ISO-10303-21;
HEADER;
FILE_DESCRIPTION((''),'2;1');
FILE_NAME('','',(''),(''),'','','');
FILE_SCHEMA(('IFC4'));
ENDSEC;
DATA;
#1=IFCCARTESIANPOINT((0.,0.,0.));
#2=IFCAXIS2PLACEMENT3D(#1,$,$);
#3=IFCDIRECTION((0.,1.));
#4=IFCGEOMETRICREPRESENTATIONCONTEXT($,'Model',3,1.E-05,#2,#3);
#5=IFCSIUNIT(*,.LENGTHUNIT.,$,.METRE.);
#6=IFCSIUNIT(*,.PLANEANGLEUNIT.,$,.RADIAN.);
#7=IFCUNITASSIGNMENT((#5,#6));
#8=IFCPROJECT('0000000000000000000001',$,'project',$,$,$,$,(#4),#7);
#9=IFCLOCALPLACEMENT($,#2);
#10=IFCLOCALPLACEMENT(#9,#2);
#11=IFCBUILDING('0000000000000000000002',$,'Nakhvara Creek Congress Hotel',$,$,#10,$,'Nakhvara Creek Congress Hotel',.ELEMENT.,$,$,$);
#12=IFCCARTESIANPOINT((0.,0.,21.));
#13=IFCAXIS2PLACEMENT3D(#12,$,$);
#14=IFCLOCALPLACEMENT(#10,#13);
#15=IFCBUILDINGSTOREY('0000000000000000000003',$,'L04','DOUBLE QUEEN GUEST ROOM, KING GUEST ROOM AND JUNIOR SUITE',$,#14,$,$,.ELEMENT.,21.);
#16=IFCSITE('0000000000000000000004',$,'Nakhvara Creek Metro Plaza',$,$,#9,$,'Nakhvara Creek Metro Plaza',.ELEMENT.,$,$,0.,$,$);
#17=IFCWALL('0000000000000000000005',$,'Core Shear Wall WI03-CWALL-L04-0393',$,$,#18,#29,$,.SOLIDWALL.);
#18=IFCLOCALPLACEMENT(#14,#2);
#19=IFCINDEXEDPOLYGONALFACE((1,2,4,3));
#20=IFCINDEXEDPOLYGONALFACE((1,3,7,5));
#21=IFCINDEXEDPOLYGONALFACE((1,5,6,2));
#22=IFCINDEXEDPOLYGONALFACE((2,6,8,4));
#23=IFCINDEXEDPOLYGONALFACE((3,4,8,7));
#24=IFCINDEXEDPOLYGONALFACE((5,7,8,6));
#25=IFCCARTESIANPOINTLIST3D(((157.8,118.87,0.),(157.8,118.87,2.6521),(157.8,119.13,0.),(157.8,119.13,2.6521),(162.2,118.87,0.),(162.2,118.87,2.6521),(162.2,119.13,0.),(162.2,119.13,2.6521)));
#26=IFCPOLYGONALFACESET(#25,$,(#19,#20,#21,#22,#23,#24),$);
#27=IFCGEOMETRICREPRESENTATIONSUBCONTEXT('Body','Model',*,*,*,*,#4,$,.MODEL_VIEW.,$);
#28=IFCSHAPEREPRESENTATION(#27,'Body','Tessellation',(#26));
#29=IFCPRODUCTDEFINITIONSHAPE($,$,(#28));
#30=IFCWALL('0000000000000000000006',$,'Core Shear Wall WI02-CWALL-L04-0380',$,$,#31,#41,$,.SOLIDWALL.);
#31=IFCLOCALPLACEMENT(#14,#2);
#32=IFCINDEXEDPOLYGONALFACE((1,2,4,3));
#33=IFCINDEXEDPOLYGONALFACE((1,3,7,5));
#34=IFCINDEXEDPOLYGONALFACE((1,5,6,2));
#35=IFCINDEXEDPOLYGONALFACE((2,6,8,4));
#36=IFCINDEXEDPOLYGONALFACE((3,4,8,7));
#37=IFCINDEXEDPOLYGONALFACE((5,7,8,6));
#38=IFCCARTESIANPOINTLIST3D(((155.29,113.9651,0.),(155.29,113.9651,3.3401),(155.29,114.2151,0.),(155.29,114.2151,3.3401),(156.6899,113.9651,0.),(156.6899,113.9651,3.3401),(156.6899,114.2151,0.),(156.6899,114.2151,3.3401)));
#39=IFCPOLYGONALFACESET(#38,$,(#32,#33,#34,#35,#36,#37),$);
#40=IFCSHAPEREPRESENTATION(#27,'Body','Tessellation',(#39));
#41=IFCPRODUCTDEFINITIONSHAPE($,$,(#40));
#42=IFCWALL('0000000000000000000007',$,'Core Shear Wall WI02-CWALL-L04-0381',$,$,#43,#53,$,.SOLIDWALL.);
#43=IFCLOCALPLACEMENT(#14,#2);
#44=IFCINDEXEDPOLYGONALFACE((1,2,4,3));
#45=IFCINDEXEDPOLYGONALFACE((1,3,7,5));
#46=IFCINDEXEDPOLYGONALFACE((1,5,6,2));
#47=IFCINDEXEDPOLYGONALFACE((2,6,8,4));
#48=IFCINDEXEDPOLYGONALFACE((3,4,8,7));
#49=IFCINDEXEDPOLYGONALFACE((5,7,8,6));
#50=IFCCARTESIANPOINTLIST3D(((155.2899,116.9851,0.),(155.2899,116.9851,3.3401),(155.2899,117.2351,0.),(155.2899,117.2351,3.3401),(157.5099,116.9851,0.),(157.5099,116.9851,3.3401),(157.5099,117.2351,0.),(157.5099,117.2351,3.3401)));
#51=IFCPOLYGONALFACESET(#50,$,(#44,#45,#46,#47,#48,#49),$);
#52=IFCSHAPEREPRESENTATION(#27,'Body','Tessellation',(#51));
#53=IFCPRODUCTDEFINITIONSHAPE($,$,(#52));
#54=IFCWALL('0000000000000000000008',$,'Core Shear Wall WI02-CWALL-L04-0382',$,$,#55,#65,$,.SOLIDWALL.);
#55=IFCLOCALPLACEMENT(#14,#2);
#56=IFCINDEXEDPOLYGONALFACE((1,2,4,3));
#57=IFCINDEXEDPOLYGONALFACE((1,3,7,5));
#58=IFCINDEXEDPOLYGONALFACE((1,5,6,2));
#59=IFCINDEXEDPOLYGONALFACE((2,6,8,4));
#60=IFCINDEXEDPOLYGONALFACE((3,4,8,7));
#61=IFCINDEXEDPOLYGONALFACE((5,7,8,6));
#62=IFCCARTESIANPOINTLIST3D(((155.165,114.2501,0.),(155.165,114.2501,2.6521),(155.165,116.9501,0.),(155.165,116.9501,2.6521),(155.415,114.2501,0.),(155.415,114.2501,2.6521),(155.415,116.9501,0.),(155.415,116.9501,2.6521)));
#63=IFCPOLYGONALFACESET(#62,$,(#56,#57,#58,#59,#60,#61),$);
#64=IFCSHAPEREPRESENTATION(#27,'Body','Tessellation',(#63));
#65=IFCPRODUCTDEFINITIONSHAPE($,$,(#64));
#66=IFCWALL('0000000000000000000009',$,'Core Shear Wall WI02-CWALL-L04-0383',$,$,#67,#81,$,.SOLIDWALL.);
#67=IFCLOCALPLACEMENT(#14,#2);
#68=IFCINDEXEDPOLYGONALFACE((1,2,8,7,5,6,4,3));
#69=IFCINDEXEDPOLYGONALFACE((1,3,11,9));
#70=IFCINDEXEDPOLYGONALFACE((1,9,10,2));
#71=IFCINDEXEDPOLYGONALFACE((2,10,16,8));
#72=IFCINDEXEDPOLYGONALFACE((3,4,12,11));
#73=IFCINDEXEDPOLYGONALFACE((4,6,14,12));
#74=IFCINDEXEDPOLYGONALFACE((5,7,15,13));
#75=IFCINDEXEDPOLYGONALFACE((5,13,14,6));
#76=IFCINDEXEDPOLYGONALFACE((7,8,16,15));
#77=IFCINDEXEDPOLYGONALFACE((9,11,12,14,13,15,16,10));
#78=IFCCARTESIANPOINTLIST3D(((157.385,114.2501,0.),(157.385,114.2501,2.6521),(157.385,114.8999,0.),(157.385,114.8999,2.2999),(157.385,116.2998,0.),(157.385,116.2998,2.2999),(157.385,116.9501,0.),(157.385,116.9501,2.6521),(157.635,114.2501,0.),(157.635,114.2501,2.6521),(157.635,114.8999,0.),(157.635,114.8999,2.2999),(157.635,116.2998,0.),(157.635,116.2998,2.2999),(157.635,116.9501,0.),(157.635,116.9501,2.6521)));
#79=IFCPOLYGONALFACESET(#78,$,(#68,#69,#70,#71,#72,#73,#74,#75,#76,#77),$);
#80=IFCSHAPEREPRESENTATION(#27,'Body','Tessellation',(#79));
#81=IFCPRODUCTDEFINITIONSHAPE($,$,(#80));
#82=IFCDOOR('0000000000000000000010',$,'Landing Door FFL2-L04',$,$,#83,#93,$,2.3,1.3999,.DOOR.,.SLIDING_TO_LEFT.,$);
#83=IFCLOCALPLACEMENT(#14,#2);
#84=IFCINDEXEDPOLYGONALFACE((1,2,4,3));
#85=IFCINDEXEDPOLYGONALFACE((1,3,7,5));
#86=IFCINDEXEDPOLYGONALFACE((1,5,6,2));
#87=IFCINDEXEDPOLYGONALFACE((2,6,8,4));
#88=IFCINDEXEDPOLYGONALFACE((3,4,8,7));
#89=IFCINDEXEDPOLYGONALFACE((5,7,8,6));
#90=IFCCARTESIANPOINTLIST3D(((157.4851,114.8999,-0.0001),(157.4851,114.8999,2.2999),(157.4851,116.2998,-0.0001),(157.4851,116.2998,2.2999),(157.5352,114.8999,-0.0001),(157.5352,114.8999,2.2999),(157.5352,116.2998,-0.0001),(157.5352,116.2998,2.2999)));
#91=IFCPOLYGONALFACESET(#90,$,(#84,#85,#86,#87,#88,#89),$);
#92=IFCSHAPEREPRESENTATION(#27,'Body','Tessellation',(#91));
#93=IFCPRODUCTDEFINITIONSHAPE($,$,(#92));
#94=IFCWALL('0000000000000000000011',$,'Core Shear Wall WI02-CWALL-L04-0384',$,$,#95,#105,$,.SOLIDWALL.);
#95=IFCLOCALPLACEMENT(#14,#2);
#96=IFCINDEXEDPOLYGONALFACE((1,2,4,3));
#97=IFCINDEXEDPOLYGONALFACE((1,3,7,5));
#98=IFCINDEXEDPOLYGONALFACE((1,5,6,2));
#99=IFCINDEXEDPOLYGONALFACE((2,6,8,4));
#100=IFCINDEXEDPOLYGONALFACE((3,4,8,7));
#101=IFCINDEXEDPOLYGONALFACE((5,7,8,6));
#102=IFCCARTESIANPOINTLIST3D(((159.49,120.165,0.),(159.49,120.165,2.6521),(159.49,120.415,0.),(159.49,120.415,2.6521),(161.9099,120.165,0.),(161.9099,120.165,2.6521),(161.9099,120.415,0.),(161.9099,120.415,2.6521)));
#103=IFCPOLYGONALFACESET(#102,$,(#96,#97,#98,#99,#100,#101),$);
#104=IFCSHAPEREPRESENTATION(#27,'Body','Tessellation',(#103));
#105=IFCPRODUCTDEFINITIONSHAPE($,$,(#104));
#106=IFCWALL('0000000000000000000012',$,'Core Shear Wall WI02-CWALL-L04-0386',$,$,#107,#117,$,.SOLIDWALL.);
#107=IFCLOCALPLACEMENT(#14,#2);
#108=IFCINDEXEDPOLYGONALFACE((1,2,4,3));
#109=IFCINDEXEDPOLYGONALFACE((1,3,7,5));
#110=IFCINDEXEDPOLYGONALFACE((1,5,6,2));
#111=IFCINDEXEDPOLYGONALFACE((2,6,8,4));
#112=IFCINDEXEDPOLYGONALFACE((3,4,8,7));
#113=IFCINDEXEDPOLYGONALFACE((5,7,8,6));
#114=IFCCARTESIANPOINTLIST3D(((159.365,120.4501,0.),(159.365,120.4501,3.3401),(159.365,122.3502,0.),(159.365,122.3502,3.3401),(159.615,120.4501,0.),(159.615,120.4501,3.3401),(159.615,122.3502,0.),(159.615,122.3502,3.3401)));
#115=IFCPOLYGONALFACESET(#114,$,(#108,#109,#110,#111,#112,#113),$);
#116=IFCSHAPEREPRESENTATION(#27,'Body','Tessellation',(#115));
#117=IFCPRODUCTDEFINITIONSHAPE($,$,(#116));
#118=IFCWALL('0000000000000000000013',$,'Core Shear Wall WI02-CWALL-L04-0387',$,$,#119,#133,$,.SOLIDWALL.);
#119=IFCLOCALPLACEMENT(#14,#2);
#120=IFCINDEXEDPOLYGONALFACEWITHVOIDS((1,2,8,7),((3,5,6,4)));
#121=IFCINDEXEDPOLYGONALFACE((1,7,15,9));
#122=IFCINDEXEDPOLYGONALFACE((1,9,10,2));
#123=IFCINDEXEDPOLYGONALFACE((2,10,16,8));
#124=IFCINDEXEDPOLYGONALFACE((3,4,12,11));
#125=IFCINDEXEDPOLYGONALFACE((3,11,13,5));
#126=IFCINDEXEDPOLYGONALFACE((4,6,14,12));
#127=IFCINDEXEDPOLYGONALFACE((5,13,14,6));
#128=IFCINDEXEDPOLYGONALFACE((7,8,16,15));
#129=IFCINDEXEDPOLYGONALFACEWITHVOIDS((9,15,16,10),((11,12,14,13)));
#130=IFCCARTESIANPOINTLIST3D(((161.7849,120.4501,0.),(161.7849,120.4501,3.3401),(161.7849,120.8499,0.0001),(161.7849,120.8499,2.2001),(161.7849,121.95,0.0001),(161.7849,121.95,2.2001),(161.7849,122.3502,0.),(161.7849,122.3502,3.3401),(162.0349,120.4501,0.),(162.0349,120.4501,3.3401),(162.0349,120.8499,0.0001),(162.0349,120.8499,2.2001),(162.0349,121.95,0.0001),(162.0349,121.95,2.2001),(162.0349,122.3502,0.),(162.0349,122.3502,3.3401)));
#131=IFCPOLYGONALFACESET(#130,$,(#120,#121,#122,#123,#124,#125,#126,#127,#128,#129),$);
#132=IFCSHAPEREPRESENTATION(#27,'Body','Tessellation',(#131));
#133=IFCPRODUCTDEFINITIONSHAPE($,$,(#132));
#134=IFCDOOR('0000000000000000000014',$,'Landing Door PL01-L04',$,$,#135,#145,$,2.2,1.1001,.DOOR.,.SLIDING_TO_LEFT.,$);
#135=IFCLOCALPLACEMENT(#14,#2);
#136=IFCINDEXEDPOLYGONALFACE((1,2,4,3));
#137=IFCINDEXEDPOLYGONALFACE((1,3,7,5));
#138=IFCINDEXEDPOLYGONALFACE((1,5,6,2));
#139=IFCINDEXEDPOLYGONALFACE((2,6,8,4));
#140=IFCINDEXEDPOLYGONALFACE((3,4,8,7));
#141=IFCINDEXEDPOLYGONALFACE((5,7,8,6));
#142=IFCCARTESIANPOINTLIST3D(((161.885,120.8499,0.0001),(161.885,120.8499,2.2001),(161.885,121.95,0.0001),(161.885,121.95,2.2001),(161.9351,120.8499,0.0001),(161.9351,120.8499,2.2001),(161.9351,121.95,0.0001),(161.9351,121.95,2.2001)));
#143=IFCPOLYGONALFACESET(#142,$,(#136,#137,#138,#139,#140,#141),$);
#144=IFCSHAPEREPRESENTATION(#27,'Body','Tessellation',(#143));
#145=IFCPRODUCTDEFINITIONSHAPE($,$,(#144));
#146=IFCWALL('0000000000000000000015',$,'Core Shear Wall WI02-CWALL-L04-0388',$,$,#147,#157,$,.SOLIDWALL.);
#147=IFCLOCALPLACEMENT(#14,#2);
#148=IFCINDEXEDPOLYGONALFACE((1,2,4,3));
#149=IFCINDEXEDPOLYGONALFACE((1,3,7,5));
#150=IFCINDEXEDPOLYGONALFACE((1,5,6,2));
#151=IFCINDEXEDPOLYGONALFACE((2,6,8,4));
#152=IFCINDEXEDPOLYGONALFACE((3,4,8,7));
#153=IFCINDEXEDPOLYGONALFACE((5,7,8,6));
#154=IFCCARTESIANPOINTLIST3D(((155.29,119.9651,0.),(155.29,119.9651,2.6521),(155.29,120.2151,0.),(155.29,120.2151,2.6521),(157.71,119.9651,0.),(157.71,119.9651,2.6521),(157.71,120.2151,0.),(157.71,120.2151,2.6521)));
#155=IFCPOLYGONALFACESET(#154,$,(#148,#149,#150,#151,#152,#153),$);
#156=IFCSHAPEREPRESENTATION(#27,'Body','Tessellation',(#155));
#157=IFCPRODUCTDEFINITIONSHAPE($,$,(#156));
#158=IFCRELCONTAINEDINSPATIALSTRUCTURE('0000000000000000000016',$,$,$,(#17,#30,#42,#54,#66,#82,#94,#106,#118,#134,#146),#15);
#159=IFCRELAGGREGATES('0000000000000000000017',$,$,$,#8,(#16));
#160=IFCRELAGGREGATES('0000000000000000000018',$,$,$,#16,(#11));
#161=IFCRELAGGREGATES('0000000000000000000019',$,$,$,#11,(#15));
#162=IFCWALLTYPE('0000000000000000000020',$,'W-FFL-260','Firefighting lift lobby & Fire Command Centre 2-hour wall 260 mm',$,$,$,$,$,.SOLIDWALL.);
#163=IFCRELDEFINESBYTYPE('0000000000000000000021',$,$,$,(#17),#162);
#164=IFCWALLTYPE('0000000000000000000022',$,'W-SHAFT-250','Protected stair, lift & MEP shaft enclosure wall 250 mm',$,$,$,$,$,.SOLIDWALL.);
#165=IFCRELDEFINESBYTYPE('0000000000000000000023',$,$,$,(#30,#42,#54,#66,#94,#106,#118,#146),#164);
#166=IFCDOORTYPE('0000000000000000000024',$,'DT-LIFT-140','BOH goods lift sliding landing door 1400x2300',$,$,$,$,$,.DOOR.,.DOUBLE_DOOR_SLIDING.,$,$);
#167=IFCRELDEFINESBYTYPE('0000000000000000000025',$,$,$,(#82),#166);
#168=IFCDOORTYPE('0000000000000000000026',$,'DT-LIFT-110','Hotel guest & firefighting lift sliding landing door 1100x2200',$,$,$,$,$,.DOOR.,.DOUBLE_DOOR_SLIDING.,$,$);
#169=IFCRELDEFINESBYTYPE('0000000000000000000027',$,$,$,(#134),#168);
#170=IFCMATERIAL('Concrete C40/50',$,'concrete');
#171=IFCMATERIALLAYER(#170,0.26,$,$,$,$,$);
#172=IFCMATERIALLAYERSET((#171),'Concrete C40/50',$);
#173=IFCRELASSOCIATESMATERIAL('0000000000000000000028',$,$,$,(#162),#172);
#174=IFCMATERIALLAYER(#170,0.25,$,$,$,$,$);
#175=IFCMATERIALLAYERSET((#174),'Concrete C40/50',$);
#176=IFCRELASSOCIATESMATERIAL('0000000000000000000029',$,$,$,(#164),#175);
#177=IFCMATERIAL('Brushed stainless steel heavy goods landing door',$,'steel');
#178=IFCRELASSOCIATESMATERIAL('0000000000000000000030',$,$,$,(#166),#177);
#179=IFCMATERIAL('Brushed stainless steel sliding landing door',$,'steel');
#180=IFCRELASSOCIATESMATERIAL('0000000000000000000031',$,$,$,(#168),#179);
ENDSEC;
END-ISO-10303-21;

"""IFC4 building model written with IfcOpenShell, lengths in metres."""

from ifc_helpers import new_model, si_unit, direction, frame, frame_2d, origin, place, context, subcontext, project, spatial, rectangle, extrude, material, layer, layer_set, type_object, element, fill, save


model = new_model("IFC4")

# Units and contexts
model_context = context("Model", 3, precision=1e-05, world=origin(), true_north=direction((0.0, 1.0)))
body_context = subcontext(model_context, "Body", "Model", "MODEL_VIEW")
ifc_project = project(units=[si_unit("LENGTHUNIT", "METRE"), si_unit("PLANEANGLEUNIT", "RADIAN")], contexts=[model_context])

# Site, building, storey
site_placement = place(None, origin())
site = spatial("IfcSite", under=ifc_project, at=site_placement, Name="Nakhvara Creek Metro Plaza", LongName="Nakhvara Creek Metro Plaza", CompositionType="ELEMENT", RefElevation=0.0)
building_placement = place(site_placement, origin())
building = spatial("IfcBuilding", under=site, at=building_placement, Name="Nakhvara Creek Congress Hotel", LongName="Nakhvara Creek Congress Hotel", CompositionType="ELEMENT")
storey_placement = place(building_placement, frame((0.0, 0.0, 21.0)))
storey = spatial("IfcBuildingStorey", under=building, at=storey_placement, Name="L04", Description="DOUBLE QUEEN GUEST ROOM, KING GUEST ROOM AND JUNIOR SUITE", CompositionType="ELEMENT", Elevation=21.0)

# Shared definitions
ifc_material_1 = material(Name="Concrete C40/50", Category="concrete")

# Shared definitions
ifc_layer_1 = layer(ifc_material_1, 0.26)
ifc_layer_set_1 = layer_set([ifc_layer_1], Name="Concrete C40/50")
wall_type_1 = type_object("IfcWallType", Name="W-FFL-260", Description="Firefighting lift lobby & Fire Command Centre 2-hour wall 260 mm", PredefinedType="SOLIDWALL", material=ifc_layer_set_1)

# Walls
wall_1_placement = place(storey_placement, frame((157.8, 119.0, 0.0), z_axis=(0.0, 0.0, 1.0), x_axis=(1.0, 0.0, 0.0)))
element("IfcWall", 1, at=wall_1_placement, inside=storey, type_object=wall_type_1, Name="Core Shear Wall WI03-CWALL-L04-0393", PredefinedType="SOLIDWALL", context=body_context, shape_type="SweptSolid", body=[
    extrude(rectangle(XDim=4.3999, YDim=0.26, at=frame_2d((2.2, 0.0))), origin(), (0.0, 0.0, 1.0), 2.6521),
])
ifc_layer_2 = layer(ifc_material_1, 0.25)
ifc_layer_set_2 = layer_set([ifc_layer_2], Name="Concrete C40/50")
wall_type_2 = type_object("IfcWallType", Name="W-SHAFT-250", Description="Protected stair, lift & MEP shaft enclosure wall 250 mm", PredefinedType="SOLIDWALL", material=ifc_layer_set_2)
wall_2_placement = place(storey_placement, frame((155.29, 114.0901, 0.0), z_axis=(0.0, 0.0, 1.0), x_axis=(1.0, 0.0, 0.0)))
element("IfcWall", 2, at=wall_2_placement, inside=storey, type_object=wall_type_2, Name="Core Shear Wall WI02-CWALL-L04-0380", PredefinedType="SOLIDWALL", context=body_context, shape_type="SweptSolid", body=[
    extrude(rectangle(XDim=1.3999, YDim=0.25, at=frame_2d((0.7, 0.0))), origin(), (0.0, 0.0, 1.0), 3.3401),
])
wall_3_placement = place(storey_placement, frame((155.29, 117.1101, 0.0), z_axis=(0.0, 0.0, 1.0), x_axis=(1.0, 0.0, 0.0)))
element("IfcWall", 3, at=wall_3_placement, inside=storey, type_object=wall_type_2, Name="Core Shear Wall WI02-CWALL-L04-0381", PredefinedType="SOLIDWALL", context=body_context, shape_type="SweptSolid", body=[
    extrude(rectangle(XDim=2.22, YDim=0.25, at=frame_2d((1.1099, 0.0))), origin(), (0.0, 0.0, 1.0), 3.3401),
])
wall_4_placement = place(storey_placement, frame((155.29, 114.25, 0.0), z_axis=(0.0, 0.0, 1.0), x_axis=(0.0, 1.0, 0.0)))
element("IfcWall", 4, at=wall_4_placement, inside=storey, type_object=wall_type_2, Name="Core Shear Wall WI02-CWALL-L04-0382", PredefinedType="SOLIDWALL", context=body_context, shape_type="SweptSolid", body=[
    extrude(rectangle(XDim=2.7, YDim=0.25, at=frame_2d((1.3501, 0.0))), origin(), (0.0, 0.0, 1.0), 2.6521),
])

# Wall, opening, door
wall_5_placement = place(storey_placement, frame((157.51, 114.25, 0.0), z_axis=(0.0, 0.0, 1.0), x_axis=(0.0, 1.0, 0.0)))
wall_5 = element("IfcWall", 5, at=wall_5_placement, inside=storey, type_object=wall_type_2, Name="Core Shear Wall WI02-CWALL-L04-0383", PredefinedType="SOLIDWALL", context=body_context, shape_type="SweptSolid", body=[
    extrude(rectangle(XDim=2.7, YDim=0.25, at=frame_2d((1.3501, 0.0))), origin(), (0.0, 0.0, 1.0), 2.6521),
])
opening_1_placement = place(wall_5_placement, frame((0.6499, 0.0, 0.0)))
opening_1 = element("IfcOpeningElement", 6, at=opening_1_placement, cuts=wall_5, PredefinedType="OPENING", context=body_context, shape_type="SweptSolid", body=[
    extrude(rectangle(XDim=1.3999, YDim=2.3, at=frame_2d((0.7, 1.1499))), frame((0.0, 0.137, 0.0), z_axis=(0.0, -1.0, 0.0), x_axis=(1.0, 0.0, 0.0)), (0.0, 0.0, 1.0), 0.2739),
])
ifc_material_2 = material(Name="Brushed stainless steel heavy goods landing door", Category="steel")
door_type_1 = type_object("IfcDoorType", Name="DT-LIFT-140", Description="BOH goods lift sliding landing door 1400x2300", OperationType="DOUBLE_DOOR_SLIDING", PredefinedType="DOOR", material=ifc_material_2)
door_1_placement = place(opening_1_placement, origin())
door_1 = element("IfcDoor", 7, at=door_1_placement, inside=storey, type_object=door_type_1, Name="Landing Door FFL2-L04", OperationType="SLIDING_TO_LEFT", OverallHeight=2.3, OverallWidth=1.3999, PredefinedType="DOOR", context=body_context, shape_type="SweptSolid", body=[
    extrude(rectangle(XDim=1.3999, YDim=2.3, at=frame_2d((0.7, 1.1499))), frame((0.0, 0.0249, 0.0), z_axis=(0.0, -1.0, 0.0), x_axis=(1.0, 0.0, 0.0)), (0.0, 0.0, 1.0), 0.05),
])
fill(opening_1, door_1)

# Walls
wall_6_placement = place(storey_placement, frame((159.49, 120.29, 0.0), z_axis=(0.0, 0.0, 1.0), x_axis=(1.0, 0.0, 0.0)))
element("IfcWall", 8, at=wall_6_placement, inside=storey, type_object=wall_type_2, Name="Core Shear Wall WI02-CWALL-L04-0384", PredefinedType="SOLIDWALL", context=body_context, shape_type="SweptSolid", body=[
    extrude(rectangle(XDim=2.4199, YDim=0.25, at=frame_2d((1.21, 0.0))), origin(), (0.0, 0.0, 1.0), 2.6521),
])
wall_7_placement = place(storey_placement, frame((159.49, 120.45, 0.0), z_axis=(0.0, 0.0, 1.0), x_axis=(0.0, 1.0, 0.0)))
element("IfcWall", 9, at=wall_7_placement, inside=storey, type_object=wall_type_2, Name="Core Shear Wall WI02-CWALL-L04-0386", PredefinedType="SOLIDWALL", context=body_context, shape_type="SweptSolid", body=[
    extrude(rectangle(XDim=1.9001, YDim=0.25, at=frame_2d((0.9502, 0.0))), origin(), (0.0, 0.0, 1.0), 3.3401),
])

# Wall, opening, door
wall_8_placement = place(storey_placement, frame((161.9099, 120.45, 0.0), z_axis=(0.0, 0.0, 1.0), x_axis=(0.0, 1.0, 0.0)))
wall_8 = element("IfcWall", 10, at=wall_8_placement, inside=storey, type_object=wall_type_2, Name="Core Shear Wall WI02-CWALL-L04-0387", PredefinedType="SOLIDWALL", context=body_context, shape_type="SweptSolid", body=[
    extrude(rectangle(XDim=1.9001, YDim=0.25, at=frame_2d((0.9502, 0.0))), origin(), (0.0, 0.0, 1.0), 3.3401),
])
opening_2_placement = place(wall_8_placement, frame((0.3999, 0.0, 0.0)))
opening_2 = element("IfcOpeningElement", 11, at=opening_2_placement, cuts=wall_8, PredefinedType="OPENING", context=body_context, shape_type="SweptSolid", body=[
    extrude(rectangle(XDim=1.1001, YDim=2.2, at=frame_2d((0.55, 1.1001))), frame((0.0, 0.137, 0.0), z_axis=(0.0, -1.0, 0.0), x_axis=(1.0, 0.0, 0.0)), (0.0, 0.0, 1.0), 0.2739),
])
ifc_material_3 = material(Name="Brushed stainless steel sliding landing door", Category="steel")
door_type_2 = type_object("IfcDoorType", Name="DT-LIFT-110", Description="Hotel guest & firefighting lift sliding landing door 1100x2200", OperationType="DOUBLE_DOOR_SLIDING", PredefinedType="DOOR", material=ifc_material_3)
door_2_placement = place(opening_2_placement, origin())
door_2 = element("IfcDoor", 12, at=door_2_placement, inside=storey, type_object=door_type_2, Name="Landing Door PL01-L04", OperationType="SLIDING_TO_LEFT", OverallHeight=2.2, OverallWidth=1.1001, PredefinedType="DOOR", context=body_context, shape_type="SweptSolid", body=[
    extrude(rectangle(XDim=1.1001, YDim=2.2, at=frame_2d((0.55, 1.1001))), frame((0.0, 0.0249, 0.0), z_axis=(0.0, -1.0, 0.0), x_axis=(1.0, 0.0, 0.0)), (0.0, 0.0, 1.0), 0.05),
])
fill(opening_2, door_2)

# Wall
wall_9_placement = place(storey_placement, frame((155.29, 120.0901, 0.0), z_axis=(0.0, 0.0, 1.0), x_axis=(1.0, 0.0, 0.0)))
element("IfcWall", 13, at=wall_9_placement, inside=storey, type_object=wall_type_2, Name="Core Shear Wall WI02-CWALL-L04-0388", PredefinedType="SOLIDWALL", context=body_context, shape_type="SweptSolid", body=[
    extrude(rectangle(XDim=2.4199, YDim=0.25, at=frame_2d((1.21, 0.0))), origin(), (0.0, 0.0, 1.0), 2.6521),
])

save(model, "model.ifc")
